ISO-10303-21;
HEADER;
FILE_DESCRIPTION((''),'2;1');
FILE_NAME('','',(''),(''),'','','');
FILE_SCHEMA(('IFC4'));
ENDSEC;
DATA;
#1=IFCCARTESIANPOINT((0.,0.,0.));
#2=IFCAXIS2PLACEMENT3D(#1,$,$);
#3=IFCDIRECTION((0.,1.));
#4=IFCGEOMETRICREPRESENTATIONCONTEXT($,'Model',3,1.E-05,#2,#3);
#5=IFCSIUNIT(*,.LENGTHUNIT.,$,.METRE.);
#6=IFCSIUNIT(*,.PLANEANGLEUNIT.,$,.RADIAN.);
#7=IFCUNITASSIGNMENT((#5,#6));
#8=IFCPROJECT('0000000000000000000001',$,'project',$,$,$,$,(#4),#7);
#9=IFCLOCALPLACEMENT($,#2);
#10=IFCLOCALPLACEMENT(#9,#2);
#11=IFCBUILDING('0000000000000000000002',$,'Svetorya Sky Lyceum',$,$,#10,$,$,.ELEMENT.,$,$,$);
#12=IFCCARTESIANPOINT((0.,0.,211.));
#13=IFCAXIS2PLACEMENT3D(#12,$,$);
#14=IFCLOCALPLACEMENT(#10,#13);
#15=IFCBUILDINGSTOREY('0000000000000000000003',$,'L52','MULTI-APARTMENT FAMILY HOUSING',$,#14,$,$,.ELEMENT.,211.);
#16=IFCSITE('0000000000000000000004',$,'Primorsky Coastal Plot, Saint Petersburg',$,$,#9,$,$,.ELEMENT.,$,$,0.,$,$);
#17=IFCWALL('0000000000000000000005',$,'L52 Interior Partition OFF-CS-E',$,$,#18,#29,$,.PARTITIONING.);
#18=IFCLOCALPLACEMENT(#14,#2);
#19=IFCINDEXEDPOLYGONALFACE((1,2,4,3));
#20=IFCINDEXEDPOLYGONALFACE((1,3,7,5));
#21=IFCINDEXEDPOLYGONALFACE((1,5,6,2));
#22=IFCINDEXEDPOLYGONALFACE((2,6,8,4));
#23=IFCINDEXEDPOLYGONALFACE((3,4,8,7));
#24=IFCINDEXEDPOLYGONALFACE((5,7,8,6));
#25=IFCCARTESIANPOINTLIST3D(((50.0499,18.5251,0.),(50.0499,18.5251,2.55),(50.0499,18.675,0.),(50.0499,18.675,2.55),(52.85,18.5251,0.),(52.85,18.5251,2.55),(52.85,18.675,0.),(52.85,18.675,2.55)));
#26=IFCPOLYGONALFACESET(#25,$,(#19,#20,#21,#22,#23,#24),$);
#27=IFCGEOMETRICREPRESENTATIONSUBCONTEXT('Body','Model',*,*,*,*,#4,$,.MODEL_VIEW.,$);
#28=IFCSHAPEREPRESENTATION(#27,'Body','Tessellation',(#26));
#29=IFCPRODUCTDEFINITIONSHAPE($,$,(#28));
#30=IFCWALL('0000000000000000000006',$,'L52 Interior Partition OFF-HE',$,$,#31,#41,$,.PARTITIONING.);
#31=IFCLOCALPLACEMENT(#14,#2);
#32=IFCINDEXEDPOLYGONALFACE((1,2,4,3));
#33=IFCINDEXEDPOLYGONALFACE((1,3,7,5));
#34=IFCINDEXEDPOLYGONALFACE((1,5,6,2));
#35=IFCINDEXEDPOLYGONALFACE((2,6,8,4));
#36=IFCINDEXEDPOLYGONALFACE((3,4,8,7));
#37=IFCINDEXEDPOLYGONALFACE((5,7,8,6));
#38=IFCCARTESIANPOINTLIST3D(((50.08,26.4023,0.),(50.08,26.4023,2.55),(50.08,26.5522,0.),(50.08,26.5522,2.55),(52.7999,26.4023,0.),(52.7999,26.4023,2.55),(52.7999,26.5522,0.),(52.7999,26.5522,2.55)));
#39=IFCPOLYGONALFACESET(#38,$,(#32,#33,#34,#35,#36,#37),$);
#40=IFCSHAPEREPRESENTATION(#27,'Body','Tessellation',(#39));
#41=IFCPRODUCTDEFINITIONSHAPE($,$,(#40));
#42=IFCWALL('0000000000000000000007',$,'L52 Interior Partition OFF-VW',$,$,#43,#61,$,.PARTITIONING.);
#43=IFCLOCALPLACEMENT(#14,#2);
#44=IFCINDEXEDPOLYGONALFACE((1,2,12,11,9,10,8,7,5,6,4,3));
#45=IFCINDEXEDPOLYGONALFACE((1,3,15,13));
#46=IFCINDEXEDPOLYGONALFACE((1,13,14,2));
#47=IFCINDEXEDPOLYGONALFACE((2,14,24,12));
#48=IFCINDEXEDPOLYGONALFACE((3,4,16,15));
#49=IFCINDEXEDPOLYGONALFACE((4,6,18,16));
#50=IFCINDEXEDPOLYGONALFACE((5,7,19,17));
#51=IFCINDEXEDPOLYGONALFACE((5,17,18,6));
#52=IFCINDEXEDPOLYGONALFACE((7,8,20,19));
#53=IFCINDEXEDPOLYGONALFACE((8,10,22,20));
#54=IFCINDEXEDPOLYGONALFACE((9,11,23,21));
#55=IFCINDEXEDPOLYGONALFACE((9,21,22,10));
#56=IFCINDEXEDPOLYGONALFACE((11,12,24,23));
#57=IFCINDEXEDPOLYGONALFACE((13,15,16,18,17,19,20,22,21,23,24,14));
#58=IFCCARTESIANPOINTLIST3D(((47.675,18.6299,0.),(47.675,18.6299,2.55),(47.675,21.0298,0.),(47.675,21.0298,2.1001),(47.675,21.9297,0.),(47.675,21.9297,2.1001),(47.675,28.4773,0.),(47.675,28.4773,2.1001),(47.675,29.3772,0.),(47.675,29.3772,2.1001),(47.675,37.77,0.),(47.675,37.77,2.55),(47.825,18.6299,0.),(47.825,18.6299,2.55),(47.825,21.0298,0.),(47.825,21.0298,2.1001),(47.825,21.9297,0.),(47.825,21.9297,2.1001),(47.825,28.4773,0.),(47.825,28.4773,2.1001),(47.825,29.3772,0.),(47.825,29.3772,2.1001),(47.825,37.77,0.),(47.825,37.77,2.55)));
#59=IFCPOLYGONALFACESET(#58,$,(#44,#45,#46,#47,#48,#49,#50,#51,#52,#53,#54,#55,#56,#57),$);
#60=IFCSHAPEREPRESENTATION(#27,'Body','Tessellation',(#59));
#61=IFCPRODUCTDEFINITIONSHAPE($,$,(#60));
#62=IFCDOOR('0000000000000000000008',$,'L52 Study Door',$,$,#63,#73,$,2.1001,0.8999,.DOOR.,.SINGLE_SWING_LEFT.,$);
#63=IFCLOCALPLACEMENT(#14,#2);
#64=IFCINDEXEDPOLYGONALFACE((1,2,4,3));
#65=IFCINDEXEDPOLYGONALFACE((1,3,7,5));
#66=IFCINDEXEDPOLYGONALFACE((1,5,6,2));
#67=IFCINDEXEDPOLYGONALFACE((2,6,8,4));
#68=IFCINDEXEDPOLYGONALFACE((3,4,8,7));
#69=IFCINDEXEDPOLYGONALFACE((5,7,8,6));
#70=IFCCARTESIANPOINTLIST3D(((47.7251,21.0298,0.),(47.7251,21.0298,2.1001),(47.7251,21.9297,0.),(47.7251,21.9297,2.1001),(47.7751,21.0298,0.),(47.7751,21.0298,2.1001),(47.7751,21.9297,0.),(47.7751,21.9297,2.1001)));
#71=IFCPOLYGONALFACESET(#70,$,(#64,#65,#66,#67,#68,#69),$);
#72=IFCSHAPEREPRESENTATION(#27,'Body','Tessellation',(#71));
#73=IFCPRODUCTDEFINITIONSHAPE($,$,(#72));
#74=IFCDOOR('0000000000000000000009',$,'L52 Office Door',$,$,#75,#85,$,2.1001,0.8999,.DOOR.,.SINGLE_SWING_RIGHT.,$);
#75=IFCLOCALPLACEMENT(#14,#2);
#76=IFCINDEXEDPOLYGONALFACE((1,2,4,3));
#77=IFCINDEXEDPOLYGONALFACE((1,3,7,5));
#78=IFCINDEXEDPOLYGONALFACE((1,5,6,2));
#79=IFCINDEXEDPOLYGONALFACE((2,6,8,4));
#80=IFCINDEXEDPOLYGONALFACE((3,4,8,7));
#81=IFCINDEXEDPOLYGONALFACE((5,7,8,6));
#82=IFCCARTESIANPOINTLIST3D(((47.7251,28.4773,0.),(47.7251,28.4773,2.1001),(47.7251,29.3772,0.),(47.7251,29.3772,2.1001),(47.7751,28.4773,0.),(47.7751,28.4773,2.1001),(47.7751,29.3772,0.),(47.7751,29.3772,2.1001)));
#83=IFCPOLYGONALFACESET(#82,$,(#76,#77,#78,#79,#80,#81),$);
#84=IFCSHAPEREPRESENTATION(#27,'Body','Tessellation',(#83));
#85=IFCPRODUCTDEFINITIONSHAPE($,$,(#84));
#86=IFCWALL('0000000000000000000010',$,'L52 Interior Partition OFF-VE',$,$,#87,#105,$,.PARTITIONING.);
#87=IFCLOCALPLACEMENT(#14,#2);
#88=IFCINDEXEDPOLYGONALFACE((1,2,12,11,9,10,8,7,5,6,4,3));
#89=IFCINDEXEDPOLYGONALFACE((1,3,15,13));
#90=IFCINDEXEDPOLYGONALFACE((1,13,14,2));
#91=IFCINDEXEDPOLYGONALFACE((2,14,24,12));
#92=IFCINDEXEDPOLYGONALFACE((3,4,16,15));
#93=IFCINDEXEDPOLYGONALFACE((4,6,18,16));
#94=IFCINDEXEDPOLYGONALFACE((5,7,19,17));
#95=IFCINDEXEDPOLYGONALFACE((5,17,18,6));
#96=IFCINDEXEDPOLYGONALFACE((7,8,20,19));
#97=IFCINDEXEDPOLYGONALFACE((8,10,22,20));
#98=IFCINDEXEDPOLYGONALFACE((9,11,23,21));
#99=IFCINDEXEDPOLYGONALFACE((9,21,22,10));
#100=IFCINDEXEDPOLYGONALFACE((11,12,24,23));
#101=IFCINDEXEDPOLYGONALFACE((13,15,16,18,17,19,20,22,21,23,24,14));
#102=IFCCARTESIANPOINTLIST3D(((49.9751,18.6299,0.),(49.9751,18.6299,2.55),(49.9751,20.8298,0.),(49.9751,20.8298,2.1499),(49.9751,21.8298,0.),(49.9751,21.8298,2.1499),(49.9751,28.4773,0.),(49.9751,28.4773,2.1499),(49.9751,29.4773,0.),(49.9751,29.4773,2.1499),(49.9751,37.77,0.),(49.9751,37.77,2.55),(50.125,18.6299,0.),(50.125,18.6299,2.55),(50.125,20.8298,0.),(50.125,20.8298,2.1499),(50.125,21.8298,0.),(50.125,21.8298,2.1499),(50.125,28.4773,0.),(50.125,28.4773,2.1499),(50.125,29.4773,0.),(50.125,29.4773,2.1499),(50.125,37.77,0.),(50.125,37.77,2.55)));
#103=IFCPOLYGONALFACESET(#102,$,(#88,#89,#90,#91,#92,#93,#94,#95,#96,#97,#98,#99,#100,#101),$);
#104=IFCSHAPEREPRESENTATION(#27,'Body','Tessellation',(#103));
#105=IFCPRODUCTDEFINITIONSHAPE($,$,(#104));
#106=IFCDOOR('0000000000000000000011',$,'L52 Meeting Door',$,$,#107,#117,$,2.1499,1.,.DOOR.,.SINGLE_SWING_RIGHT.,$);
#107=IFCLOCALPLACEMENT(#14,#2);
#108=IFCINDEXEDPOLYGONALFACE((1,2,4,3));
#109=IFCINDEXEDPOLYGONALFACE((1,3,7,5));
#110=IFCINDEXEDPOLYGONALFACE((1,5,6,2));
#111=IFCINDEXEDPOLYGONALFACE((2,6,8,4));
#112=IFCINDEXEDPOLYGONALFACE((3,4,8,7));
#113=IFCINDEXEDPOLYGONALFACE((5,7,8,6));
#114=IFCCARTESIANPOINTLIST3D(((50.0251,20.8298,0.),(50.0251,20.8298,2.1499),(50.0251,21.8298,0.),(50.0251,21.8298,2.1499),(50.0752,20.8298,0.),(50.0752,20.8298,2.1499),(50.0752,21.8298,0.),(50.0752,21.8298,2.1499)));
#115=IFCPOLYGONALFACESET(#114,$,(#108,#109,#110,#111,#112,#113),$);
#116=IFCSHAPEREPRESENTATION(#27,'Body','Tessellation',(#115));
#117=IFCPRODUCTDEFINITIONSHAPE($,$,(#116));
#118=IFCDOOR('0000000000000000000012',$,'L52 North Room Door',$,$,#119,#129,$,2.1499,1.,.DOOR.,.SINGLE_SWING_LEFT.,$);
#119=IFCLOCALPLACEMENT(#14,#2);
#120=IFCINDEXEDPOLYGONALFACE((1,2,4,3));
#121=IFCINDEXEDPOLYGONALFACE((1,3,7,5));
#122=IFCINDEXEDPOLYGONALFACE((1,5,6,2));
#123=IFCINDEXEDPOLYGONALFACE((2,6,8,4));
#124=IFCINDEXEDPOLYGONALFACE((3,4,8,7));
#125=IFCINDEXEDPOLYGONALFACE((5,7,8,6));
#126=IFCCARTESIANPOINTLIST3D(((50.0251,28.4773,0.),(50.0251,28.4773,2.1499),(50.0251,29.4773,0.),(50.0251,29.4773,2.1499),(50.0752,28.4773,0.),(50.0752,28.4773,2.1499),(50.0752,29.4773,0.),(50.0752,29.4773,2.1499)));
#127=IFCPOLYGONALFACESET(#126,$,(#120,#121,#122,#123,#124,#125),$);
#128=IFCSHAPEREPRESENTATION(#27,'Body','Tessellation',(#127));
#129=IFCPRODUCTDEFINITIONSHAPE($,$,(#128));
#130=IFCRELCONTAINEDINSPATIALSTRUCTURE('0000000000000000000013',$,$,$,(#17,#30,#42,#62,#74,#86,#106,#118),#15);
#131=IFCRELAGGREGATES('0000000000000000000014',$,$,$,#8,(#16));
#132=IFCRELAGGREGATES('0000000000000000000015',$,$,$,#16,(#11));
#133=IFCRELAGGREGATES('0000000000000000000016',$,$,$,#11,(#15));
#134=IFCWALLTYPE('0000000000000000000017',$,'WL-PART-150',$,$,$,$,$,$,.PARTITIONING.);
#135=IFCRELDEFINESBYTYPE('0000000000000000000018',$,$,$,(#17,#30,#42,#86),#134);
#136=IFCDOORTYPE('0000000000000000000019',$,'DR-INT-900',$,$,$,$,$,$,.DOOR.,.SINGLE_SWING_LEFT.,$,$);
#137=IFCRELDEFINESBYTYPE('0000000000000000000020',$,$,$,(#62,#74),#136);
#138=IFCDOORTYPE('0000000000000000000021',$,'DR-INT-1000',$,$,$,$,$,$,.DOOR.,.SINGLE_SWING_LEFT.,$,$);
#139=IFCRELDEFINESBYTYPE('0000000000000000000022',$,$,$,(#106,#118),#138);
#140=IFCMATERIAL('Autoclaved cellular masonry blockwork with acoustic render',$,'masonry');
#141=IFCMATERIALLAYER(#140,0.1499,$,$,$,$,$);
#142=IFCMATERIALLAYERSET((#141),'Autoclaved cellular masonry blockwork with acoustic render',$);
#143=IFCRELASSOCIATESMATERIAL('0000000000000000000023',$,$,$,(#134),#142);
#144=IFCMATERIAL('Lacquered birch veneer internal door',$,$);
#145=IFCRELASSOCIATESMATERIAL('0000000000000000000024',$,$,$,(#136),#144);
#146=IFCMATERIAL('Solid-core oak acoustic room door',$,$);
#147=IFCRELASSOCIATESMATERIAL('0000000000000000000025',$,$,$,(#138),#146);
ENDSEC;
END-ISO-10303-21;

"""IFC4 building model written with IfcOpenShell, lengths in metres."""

from ifc_helpers import new_model, si_unit, direction, frame, frame_2d, origin, place, context, subcontext, project, spatial, rectangle, extrude, material, layer, layer_set, type_object, element, fill, save


model = new_model("IFC4")

# Units and contexts
model_context = context("Model", 3, precision=1e-05, world=origin(), true_north=direction((0.0, 1.0)))
body_context = subcontext(model_context, "Body", "Model", "MODEL_VIEW")
ifc_project = project(units=[si_unit("LENGTHUNIT", "METRE"), si_unit("PLANEANGLEUNIT", "RADIAN")], contexts=[model_context])

# Site, building, storey
site_placement = place(None, origin())
site = spatial("IfcSite", under=ifc_project, at=site_placement, Name="Primorsky Coastal Plot, Saint Petersburg", CompositionType="ELEMENT", RefElevation=0.0)
building_placement = place(site_placement, origin())
building = spatial("IfcBuilding", under=site, at=building_placement, Name="Svetorya Sky Lyceum", CompositionType="ELEMENT")
storey_placement = place(building_placement, frame((0.0, 0.0, 211.0)))
storey = spatial("IfcBuildingStorey", under=building, at=storey_placement, Name="L52", Description="MULTI-APARTMENT FAMILY HOUSING", CompositionType="ELEMENT", Elevation=211.0)

# Walls
ifc_material_1 = material(Name="Autoclaved cellular masonry blockwork with acoustic render", Category="masonry")
ifc_layer_1 = layer(ifc_material_1, 0.1499)
ifc_layer_set_1 = layer_set([ifc_layer_1], Name="Autoclaved cellular masonry blockwork with acoustic render")
wall_type_1 = type_object("IfcWallType", Name="WL-PART-150", PredefinedType="PARTITIONING", material=ifc_layer_set_1)
wall_1_placement = place(storey_placement, frame((50.05, 18.6001, 0.0), z_axis=(0.0, 0.0, 1.0), x_axis=(1.0, 0.0, 0.0)))
element("IfcWall", 1, at=wall_1_placement, inside=storey, type_object=wall_type_1, Name="L52 Interior Partition OFF-CS-E", PredefinedType="PARTITIONING", context=body_context, shape_type="SweptSolid", body=[
    extrude(rectangle(XDim=2.8, YDim=0.1499, at=frame_2d((1.3999, 0.0))), origin(), (0.0, 0.0, 1.0), 2.55),
])
wall_2_placement = place(storey_placement, frame((50.0801, 26.4773, 0.0), z_axis=(0.0, 0.0, 1.0), x_axis=(1.0, 0.0, 0.0)))
element("IfcWall", 2, at=wall_2_placement, inside=storey, type_object=wall_type_1, Name="L52 Interior Partition OFF-HE", PredefinedType="PARTITIONING", context=body_context, shape_type="SweptSolid", body=[
    extrude(rectangle(XDim=2.72, YDim=0.1499, at=frame_2d((1.3599, 0.0))), origin(), (0.0, 0.0, 1.0), 2.55),
])

# Walls, openings, doors
wall_3_placement = place(storey_placement, frame((47.75, 18.6299, 0.0), z_axis=(0.0, 0.0, 1.0), x_axis=(0.0, 1.0, 0.0)))
wall_3 = element("IfcWall", 3, at=wall_3_placement, inside=storey, type_object=wall_type_1, Name="L52 Interior Partition OFF-VW", PredefinedType="PARTITIONING", context=body_context, shape_type="SweptSolid", body=[
    extrude(rectangle(XDim=19.1401, YDim=0.1499, at=frame_2d((9.5701, 0.0))), origin(), (0.0, 0.0, 1.0), 2.55),
])
opening_1_placement = place(wall_3_placement, frame((2.3999, 0.0, 0.0)))
opening_1 = element("IfcOpeningElement", 4, at=opening_1_placement, cuts=wall_3, PredefinedType="OPENING", context=body_context, shape_type="SweptSolid", body=[
    extrude(rectangle(XDim=0.8999, YDim=2.1001, at=frame_2d((0.45, 1.05))), frame((0.0, 0.085, 0.0), z_axis=(0.0, -1.0, 0.0), x_axis=(1.0, 0.0, 0.0)), (0.0, 0.0, 1.0), 0.1699),
])
opening_2_placement = place(wall_3_placement, frame((9.8474, 0.0, 0.0)))
opening_2 = element("IfcOpeningElement", 5, at=opening_2_placement, cuts=wall_3, PredefinedType="OPENING", context=body_context, shape_type="SweptSolid", body=[
    extrude(rectangle(XDim=0.8999, YDim=2.1001, at=frame_2d((0.45, 1.05))), frame((0.0, 0.085, 0.0), z_axis=(0.0, -1.0, 0.0), x_axis=(1.0, 0.0, 0.0)), (0.0, 0.0, 1.0), 0.1699),
])
ifc_material_2 = material(Name="Lacquered birch veneer internal door")
door_type_1 = type_object("IfcDoorType", Name="DR-INT-900", OperationType="SINGLE_SWING_LEFT", PredefinedType="DOOR", material=ifc_material_2)
door_1_placement = place(opening_1_placement, origin())
door_1 = element("IfcDoor", 6, at=door_1_placement, inside=storey, type_object=door_type_1, Name="L52 Study Door", OperationType="SINGLE_SWING_LEFT", OverallHeight=2.1001, OverallWidth=0.8999, PredefinedType="DOOR", context=body_context, shape_type="SweptSolid", body=[
    extrude(rectangle(XDim=0.8999, YDim=2.1001, at=frame_2d((0.45, 1.05))), frame((0.0, 0.0249, 0.0), z_axis=(0.0, -1.0, 0.0), x_axis=(1.0, 0.0, 0.0)), (0.0, 0.0, 1.0), 0.05),
])
fill(opening_1, door_1)
door_2_placement = place(opening_2_placement, origin())
door_2 = element("IfcDoor", 7, at=door_2_placement, inside=storey, type_object=door_type_1, Name="L52 Office Door", OperationType="SINGLE_SWING_RIGHT", OverallHeight=2.1001, OverallWidth=0.8999, PredefinedType="DOOR", context=body_context, shape_type="SweptSolid", body=[
    extrude(rectangle(XDim=0.8999, YDim=2.1001, at=frame_2d((0.45, 1.05))), frame((0.0, 0.0249, 0.0), z_axis=(0.0, -1.0, 0.0), x_axis=(1.0, 0.0, 0.0)), (0.0, 0.0, 1.0), 0.05),
])
fill(opening_2, door_2)
wall_4_placement = place(storey_placement, frame((50.05, 18.6299, 0.0), z_axis=(0.0, 0.0, 1.0), x_axis=(0.0, 1.0, 0.0)))
wall_4 = element("IfcWall", 8, at=wall_4_placement, inside=storey, type_object=wall_type_1, Name="L52 Interior Partition OFF-VE", PredefinedType="PARTITIONING", context=body_context, shape_type="SweptSolid", body=[
    extrude(rectangle(XDim=19.1401, YDim=0.1499, at=frame_2d((9.5701, 0.0))), origin(), (0.0, 0.0, 1.0), 2.55),
])
opening_3_placement = place(wall_4_placement, frame((2.2, 0.0, 0.0)))
opening_3 = element("IfcOpeningElement", 9, at=opening_3_placement, cuts=wall_4, PredefinedType="OPENING", context=body_context, shape_type="SweptSolid", body=[
    extrude(rectangle(XDim=1.0, YDim=2.1499, at=frame_2d((0.5, 1.075))), frame((0.0, 0.085, 0.0), z_axis=(0.0, -1.0, 0.0), x_axis=(1.0, 0.0, 0.0)), (0.0, 0.0, 1.0), 0.1699),
])
opening_4_placement = place(wall_4_placement, frame((9.8474, 0.0, 0.0)))
opening_4 = element("IfcOpeningElement", 10, at=opening_4_placement, cuts=wall_4, PredefinedType="OPENING", context=body_context, shape_type="SweptSolid", body=[
    extrude(rectangle(XDim=1.0, YDim=2.1499, at=frame_2d((0.5, 1.075))), frame((0.0, 0.085, 0.0), z_axis=(0.0, -1.0, 0.0), x_axis=(1.0, 0.0, 0.0)), (0.0, 0.0, 1.0), 0.1699),
])
ifc_material_3 = material(Name="Solid-core oak acoustic room door")
door_type_2 = type_object("IfcDoorType", Name="DR-INT-1000", OperationType="SINGLE_SWING_LEFT", PredefinedType="DOOR", material=ifc_material_3)
door_3_placement = place(opening_3_placement, origin())
door_3 = element("IfcDoor", 11, at=door_3_placement, inside=storey, type_object=door_type_2, Name="L52 Meeting Door", OperationType="SINGLE_SWING_RIGHT", OverallHeight=2.1499, OverallWidth=1.0, PredefinedType="DOOR", context=body_context, shape_type="SweptSolid", body=[
    extrude(rectangle(XDim=1.0, YDim=2.1499, at=frame_2d((0.5, 1.075))), frame((0.0, 0.0249, 0.0), z_axis=(0.0, -1.0, 0.0), x_axis=(1.0, 0.0, 0.0)), (0.0, 0.0, 1.0), 0.05),
])
fill(opening_3, door_3)
door_4_placement = place(opening_4_placement, origin())
door_4 = element("IfcDoor", 12, at=door_4_placement, inside=storey, type_object=door_type_2, Name="L52 North Room Door", OperationType="SINGLE_SWING_LEFT", OverallHeight=2.1499, OverallWidth=1.0, PredefinedType="DOOR", context=body_context, shape_type="SweptSolid", body=[
    extrude(rectangle(XDim=1.0, YDim=2.1499, at=frame_2d((0.5, 1.075))), frame((0.0, 0.0249, 0.0), z_axis=(0.0, -1.0, 0.0), x_axis=(1.0, 0.0, 0.0)), (0.0, 0.0, 1.0), 0.05),
])
fill(opening_4, door_4)

save(model, "model.ifc")
